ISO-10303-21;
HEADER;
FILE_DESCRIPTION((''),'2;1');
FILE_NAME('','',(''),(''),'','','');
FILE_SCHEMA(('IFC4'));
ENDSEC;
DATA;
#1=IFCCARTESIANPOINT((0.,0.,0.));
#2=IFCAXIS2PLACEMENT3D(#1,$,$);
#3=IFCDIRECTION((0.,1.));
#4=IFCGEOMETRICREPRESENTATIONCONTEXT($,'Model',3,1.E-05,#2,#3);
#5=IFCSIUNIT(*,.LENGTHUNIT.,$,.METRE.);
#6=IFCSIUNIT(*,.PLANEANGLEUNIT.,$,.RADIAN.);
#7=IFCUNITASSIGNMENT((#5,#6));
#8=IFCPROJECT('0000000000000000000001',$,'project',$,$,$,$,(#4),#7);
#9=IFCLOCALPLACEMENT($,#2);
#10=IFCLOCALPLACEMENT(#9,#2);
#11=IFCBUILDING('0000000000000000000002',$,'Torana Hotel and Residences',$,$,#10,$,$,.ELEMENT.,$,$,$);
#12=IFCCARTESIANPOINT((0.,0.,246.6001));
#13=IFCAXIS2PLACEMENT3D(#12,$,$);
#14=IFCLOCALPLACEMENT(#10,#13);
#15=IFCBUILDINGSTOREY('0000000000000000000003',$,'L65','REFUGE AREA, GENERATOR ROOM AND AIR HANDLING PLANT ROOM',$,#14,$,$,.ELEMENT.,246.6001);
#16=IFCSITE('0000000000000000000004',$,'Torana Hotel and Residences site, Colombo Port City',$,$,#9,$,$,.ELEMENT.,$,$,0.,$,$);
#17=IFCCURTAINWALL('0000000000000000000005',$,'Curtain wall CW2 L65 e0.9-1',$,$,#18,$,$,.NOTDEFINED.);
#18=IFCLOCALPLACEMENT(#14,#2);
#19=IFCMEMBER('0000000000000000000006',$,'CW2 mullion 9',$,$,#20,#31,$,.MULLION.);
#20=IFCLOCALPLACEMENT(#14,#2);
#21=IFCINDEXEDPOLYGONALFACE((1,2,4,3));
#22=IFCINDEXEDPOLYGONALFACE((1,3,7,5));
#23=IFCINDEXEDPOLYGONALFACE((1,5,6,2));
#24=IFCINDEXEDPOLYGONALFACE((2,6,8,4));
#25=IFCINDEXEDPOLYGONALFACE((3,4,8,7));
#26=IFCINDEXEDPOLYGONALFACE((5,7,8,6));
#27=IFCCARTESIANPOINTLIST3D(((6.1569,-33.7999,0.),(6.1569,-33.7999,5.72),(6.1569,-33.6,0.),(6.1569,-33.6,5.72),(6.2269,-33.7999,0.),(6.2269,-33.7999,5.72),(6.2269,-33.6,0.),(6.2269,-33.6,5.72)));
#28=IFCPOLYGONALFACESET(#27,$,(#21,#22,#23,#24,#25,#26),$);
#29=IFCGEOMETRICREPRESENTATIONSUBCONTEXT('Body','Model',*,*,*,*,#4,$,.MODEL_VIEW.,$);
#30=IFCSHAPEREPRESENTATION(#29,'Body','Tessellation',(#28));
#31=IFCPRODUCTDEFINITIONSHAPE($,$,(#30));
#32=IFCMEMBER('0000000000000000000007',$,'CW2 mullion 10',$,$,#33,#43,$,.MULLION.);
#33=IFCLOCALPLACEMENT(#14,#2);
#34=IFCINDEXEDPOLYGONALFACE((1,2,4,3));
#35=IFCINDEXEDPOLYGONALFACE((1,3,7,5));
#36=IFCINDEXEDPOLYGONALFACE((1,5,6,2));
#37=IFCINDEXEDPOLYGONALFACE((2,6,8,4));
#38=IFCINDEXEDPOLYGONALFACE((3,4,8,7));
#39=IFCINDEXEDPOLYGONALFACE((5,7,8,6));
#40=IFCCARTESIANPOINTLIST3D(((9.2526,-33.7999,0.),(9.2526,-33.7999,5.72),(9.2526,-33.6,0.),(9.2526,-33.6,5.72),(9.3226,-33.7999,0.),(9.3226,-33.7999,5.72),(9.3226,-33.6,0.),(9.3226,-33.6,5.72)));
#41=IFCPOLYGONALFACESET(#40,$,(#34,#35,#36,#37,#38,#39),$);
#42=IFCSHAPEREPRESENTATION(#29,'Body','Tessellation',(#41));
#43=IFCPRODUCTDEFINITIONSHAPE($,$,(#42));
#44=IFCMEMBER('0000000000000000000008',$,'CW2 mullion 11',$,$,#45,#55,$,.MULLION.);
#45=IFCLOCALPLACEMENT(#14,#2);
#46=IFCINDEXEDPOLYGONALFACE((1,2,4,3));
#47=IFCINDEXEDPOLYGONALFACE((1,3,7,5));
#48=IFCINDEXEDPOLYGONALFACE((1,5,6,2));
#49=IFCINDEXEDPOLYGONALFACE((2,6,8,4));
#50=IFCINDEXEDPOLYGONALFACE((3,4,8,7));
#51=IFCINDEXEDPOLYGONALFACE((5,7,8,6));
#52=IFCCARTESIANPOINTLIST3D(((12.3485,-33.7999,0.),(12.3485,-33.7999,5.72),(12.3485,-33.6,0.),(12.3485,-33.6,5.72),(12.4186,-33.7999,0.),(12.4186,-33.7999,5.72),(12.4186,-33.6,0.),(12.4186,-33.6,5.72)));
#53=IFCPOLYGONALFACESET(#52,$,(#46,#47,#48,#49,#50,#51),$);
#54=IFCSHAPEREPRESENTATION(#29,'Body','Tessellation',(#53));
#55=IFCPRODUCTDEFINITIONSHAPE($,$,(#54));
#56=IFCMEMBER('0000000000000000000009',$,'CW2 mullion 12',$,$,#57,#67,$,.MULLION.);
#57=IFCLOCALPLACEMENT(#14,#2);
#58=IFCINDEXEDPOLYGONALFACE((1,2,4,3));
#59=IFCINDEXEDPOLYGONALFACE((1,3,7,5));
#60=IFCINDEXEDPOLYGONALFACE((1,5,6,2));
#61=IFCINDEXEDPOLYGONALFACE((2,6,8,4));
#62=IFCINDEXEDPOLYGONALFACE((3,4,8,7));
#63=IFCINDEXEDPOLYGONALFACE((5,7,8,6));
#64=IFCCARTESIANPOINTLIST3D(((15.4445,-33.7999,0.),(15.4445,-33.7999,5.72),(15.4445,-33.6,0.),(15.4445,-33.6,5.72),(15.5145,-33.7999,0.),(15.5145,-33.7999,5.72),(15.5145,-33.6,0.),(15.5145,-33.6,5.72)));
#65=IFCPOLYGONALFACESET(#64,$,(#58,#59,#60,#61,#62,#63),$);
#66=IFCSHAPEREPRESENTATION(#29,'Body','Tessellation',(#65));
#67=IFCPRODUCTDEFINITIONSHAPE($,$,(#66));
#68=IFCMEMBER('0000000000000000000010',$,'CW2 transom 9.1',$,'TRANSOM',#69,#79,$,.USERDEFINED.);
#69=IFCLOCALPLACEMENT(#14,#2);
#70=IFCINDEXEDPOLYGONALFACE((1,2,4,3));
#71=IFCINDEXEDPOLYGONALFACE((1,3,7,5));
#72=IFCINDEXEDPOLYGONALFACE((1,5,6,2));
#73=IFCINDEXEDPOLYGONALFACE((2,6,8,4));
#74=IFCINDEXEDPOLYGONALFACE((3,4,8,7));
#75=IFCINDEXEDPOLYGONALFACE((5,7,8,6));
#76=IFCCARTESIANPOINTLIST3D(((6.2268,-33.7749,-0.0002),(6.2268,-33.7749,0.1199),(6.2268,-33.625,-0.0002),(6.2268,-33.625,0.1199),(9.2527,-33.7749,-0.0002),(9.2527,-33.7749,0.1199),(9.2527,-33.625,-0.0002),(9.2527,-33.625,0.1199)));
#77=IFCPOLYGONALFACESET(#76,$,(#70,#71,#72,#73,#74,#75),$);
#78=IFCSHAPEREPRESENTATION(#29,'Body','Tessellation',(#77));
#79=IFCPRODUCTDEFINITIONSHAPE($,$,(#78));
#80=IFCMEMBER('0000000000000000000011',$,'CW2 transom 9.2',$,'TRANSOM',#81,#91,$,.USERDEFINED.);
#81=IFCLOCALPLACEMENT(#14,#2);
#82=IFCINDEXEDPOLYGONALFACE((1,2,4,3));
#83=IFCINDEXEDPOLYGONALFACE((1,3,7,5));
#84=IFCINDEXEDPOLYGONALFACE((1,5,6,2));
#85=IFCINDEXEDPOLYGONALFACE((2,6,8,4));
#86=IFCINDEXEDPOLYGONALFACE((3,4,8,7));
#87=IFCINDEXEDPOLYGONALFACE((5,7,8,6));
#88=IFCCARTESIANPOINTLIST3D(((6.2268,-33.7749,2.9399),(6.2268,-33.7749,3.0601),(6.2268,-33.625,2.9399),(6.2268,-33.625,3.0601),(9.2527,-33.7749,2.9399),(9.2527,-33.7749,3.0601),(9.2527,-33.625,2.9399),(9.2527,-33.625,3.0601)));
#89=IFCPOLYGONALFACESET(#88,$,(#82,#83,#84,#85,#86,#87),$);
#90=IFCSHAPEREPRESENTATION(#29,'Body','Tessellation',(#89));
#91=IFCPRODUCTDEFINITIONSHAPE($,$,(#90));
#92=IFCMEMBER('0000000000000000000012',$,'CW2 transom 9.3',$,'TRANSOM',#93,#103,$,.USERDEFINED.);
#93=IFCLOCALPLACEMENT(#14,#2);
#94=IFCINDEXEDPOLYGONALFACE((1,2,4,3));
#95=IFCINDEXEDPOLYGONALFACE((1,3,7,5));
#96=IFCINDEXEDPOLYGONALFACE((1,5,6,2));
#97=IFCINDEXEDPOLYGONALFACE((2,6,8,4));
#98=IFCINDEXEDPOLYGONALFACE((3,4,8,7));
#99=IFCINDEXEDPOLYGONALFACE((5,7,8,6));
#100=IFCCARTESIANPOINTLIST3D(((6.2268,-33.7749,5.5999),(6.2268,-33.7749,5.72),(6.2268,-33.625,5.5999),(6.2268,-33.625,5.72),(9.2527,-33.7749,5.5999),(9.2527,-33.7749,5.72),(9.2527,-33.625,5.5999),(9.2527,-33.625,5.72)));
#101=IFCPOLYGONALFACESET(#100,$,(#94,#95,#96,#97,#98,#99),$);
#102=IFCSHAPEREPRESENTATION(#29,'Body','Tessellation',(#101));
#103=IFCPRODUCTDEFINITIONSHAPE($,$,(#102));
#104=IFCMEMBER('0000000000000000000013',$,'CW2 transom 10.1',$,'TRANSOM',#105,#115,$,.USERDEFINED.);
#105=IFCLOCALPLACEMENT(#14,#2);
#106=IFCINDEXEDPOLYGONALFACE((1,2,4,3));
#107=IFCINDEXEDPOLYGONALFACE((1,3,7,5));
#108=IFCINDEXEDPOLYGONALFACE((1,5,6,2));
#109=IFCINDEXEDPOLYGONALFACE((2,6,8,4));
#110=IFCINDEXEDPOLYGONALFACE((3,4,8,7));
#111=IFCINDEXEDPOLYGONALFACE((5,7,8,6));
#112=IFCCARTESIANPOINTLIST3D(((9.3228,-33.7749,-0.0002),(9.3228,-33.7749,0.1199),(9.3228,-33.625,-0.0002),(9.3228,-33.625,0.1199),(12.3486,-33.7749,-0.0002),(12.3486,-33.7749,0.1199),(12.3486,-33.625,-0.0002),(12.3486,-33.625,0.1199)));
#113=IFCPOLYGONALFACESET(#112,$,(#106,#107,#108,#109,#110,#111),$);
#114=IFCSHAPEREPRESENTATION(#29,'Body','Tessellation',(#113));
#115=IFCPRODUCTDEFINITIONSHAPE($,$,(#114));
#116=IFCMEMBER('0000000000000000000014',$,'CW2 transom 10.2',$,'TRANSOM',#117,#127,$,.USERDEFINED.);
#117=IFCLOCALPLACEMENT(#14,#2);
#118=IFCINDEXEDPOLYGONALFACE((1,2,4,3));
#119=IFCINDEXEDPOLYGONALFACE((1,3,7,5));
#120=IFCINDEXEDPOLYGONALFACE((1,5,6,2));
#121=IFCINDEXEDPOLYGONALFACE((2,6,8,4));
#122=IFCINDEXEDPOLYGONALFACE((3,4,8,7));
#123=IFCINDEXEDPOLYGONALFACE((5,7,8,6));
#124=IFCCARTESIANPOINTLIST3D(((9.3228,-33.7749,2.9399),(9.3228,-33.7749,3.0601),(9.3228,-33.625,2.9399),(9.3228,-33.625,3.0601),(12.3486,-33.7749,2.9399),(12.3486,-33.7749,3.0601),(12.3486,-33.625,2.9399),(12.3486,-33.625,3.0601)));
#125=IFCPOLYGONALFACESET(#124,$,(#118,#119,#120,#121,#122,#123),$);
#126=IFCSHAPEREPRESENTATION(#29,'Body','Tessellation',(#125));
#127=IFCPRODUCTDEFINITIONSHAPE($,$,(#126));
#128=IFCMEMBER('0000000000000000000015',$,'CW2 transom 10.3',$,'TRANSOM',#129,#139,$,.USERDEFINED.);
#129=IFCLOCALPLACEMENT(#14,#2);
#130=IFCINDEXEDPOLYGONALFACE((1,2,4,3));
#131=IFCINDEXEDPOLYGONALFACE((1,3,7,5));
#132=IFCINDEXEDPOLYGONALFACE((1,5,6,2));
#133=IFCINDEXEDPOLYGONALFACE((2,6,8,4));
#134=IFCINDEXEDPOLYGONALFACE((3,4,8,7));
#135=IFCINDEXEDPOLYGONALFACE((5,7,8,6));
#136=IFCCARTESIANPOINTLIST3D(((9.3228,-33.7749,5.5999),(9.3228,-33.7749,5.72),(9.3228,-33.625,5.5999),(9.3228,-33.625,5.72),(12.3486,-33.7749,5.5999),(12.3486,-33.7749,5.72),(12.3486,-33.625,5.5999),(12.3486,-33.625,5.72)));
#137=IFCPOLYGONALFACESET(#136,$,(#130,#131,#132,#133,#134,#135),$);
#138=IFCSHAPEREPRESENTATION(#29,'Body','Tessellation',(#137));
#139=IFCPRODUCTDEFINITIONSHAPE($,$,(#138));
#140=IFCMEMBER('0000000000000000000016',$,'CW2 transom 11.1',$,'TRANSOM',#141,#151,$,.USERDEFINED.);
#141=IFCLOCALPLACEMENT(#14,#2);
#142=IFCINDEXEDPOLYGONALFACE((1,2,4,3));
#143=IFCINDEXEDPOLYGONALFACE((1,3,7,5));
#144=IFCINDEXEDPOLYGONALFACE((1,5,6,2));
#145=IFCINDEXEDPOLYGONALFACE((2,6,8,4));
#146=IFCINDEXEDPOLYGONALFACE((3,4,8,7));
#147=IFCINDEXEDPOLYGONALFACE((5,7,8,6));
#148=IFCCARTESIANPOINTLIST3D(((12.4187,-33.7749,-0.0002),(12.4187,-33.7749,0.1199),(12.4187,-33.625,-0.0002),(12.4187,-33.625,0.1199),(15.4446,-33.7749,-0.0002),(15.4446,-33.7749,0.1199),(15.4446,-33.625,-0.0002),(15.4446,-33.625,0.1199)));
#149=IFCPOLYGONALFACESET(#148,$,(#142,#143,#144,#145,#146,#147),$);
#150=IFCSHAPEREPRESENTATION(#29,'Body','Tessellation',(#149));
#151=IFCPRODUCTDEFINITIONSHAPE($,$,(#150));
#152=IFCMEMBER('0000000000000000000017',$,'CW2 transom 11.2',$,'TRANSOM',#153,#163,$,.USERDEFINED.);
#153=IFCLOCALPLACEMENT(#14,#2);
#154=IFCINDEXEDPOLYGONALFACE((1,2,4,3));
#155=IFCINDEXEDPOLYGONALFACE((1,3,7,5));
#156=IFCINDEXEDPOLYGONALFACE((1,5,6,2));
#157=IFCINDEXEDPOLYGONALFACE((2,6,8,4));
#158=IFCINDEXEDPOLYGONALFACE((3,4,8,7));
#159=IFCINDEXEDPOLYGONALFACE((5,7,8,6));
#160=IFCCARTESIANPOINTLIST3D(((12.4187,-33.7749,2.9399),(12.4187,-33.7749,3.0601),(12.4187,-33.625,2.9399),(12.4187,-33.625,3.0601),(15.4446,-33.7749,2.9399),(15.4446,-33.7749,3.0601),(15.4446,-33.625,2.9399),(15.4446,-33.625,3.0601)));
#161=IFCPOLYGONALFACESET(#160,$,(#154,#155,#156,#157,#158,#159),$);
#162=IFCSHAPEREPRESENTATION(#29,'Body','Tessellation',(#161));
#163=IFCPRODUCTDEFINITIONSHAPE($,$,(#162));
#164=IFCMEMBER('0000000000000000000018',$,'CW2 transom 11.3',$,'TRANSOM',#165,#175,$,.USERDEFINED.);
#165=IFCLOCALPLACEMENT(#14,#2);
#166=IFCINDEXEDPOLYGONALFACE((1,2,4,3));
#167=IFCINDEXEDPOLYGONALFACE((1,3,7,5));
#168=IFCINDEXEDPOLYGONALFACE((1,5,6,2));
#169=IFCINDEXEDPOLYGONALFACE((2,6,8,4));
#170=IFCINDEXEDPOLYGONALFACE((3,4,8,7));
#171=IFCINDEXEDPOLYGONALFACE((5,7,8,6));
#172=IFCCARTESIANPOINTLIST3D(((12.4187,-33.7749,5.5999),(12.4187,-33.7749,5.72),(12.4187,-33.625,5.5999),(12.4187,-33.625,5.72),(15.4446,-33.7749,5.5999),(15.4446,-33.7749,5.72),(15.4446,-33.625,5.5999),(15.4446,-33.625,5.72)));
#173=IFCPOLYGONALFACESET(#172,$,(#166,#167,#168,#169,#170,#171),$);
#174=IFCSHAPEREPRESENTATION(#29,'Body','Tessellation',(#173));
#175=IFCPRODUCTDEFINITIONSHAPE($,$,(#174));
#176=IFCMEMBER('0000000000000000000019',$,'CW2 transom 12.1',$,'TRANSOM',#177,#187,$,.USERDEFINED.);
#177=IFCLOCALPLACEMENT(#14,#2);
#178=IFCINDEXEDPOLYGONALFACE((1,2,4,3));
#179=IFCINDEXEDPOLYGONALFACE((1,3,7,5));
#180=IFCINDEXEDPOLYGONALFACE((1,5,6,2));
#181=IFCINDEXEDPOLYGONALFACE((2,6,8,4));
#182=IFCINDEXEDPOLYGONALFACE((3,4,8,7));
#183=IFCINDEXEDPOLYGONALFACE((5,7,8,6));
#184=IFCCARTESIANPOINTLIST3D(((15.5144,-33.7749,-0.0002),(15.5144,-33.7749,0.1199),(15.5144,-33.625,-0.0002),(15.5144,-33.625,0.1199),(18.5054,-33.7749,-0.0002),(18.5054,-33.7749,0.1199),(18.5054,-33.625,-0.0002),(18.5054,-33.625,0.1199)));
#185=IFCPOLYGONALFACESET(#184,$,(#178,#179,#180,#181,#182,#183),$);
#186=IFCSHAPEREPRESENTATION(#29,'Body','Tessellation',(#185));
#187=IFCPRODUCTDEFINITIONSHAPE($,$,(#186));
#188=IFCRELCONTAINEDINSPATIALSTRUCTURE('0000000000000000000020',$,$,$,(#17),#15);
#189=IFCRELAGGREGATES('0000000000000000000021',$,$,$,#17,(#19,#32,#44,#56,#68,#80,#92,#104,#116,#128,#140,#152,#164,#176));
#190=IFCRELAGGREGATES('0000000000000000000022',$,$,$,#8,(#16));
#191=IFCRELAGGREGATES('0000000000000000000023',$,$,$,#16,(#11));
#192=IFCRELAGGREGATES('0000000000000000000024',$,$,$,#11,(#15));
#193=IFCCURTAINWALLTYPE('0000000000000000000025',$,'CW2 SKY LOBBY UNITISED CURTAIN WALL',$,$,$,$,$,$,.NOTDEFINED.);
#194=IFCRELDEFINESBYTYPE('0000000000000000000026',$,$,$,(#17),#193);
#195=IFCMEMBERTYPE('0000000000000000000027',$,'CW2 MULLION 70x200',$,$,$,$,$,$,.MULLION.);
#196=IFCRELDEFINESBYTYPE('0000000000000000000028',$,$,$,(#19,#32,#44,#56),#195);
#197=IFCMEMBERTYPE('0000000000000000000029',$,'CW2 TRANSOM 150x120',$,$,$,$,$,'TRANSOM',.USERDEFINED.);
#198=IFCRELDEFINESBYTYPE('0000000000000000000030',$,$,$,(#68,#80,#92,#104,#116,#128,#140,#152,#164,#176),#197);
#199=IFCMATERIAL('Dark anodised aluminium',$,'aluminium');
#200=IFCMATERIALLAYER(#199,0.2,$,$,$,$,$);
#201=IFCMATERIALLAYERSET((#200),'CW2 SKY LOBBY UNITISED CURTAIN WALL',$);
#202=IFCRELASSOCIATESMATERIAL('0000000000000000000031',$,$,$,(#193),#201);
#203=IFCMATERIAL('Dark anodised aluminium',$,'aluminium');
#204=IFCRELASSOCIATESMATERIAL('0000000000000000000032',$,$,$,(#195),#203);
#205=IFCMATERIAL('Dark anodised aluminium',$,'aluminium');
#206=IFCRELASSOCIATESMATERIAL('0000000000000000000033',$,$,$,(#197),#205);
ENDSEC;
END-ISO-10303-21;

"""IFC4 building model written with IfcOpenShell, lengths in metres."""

from ifc_helpers import new_model, si_unit, direction, frame, origin, origin_2d, place, context, subcontext, project, spatial, rectangle, extrude, material, layer, layer_set, material_profile, profile_set, type_object, element, aggregate, save


model = new_model("IFC4")

# Units and contexts
model_context = context("Model", 3, precision=1e-05, world=origin(), true_north=direction((0.0, 1.0)))
body_context = subcontext(model_context, "Body", "Model", "MODEL_VIEW")
ifc_project = project(units=[si_unit("LENGTHUNIT", "METRE"), si_unit("PLANEANGLEUNIT", "RADIAN")], contexts=[model_context])

# Site, building, storey
site_placement = place(None, origin())
site = spatial("IfcSite", under=ifc_project, at=site_placement, Name="Torana Hotel and Residences site, Colombo Port City", CompositionType="ELEMENT", RefElevation=0.0)
building_placement = place(site_placement, origin())
building = spatial("IfcBuilding", under=site, at=building_placement, Name="Torana Hotel and Residences", CompositionType="ELEMENT")
storey_placement = place(building_placement, frame((0.0, 0.0, 246.6001)))
storey = spatial("IfcBuildingStorey", under=building, at=storey_placement, Name="L65", Description="REFUGE AREA, GENERATOR ROOM AND AIR HANDLING PLANT ROOM", CompositionType="ELEMENT", Elevation=246.6001)

# Curtain wall, members
ifc_material_1 = material(Name="Dark anodised aluminium", Category="aluminium")
ifc_layer_1 = layer(ifc_material_1, 0.2)
ifc_layer_set_1 = layer_set([ifc_layer_1], Name="CW2 SKY LOBBY UNITISED CURTAIN WALL")
curtain_wall_type = type_object("IfcCurtainWallType", Name="CW2 SKY LOBBY UNITISED CURTAIN WALL", PredefinedType="NOTDEFINED", material=ifc_layer_set_1)
curtain_wall_placement = place(storey_placement, origin())
curtain_wall = element("IfcCurtainWall", 1, at=curtain_wall_placement, inside=storey, type_object=curtain_wall_type, Name="Curtain wall CW2 L65 e0.9-1", PredefinedType="NOTDEFINED")
ifc_material_2 = material(Name="Dark anodised aluminium", Category="aluminium")
ifc_material_profile_1 = material_profile(ifc_material_2, rectangle(XDim=0.2, YDim=0.0701, at=origin_2d()), Name="CW2 MULLION 70x200")
ifc_profile_set_1 = profile_set([ifc_material_profile_1], Name="Dark anodised aluminium")
member_type_1 = type_object("IfcMemberType", Name="CW2 MULLION 70x200", PredefinedType="MULLION", material=ifc_profile_set_1)
member_1_placement = place(storey_placement, frame((6.1919, -33.7, 0.0), z_axis=(0.0, 0.0, 1.0), x_axis=(0.0, 1.0, 0.0)))
member_1 = element("IfcMember", 2, at=member_1_placement, type_object=member_type_1, Name="CW2 mullion 9", PredefinedType="MULLION", context=body_context, shape_type="SweptSolid", body=[
    extrude(rectangle(XDim=0.2, YDim=0.0701, at=origin_2d()), origin(), (0.0, 0.0, 1.0), 5.72),
])
member_2_placement = place(storey_placement, frame((9.2876, -33.7, 0.0), z_axis=(0.0, 0.0, 1.0), x_axis=(0.0, 1.0, 0.0)))
member_2 = element("IfcMember", 3, at=member_2_placement, type_object=member_type_1, Name="CW2 mullion 10", PredefinedType="MULLION", context=body_context, shape_type="SweptSolid", body=[
    extrude(rectangle(XDim=0.2, YDim=0.0701, at=origin_2d()), origin(), (0.0, 0.0, 1.0), 5.72),
])
member_3_placement = place(storey_placement, frame((12.3835, -33.7, 0.0), z_axis=(0.0, 0.0, 1.0), x_axis=(0.0, 1.0, 0.0)))
member_3 = element("IfcMember", 4, at=member_3_placement, type_object=member_type_1, Name="CW2 mullion 11", PredefinedType="MULLION", context=body_context, shape_type="SweptSolid", body=[
    extrude(rectangle(XDim=0.2, YDim=0.0701, at=origin_2d()), origin(), (0.0, 0.0, 1.0), 5.72),
])
member_4_placement = place(storey_placement, frame((15.4795, -33.7, 0.0), z_axis=(0.0, 0.0, 1.0), x_axis=(0.0, 1.0, 0.0)))
member_4 = element("IfcMember", 5, at=member_4_placement, type_object=member_type_1, Name="CW2 mullion 12", PredefinedType="MULLION", context=body_context, shape_type="SweptSolid", body=[
    extrude(rectangle(XDim=0.2, YDim=0.0701, at=origin_2d()), origin(), (0.0, 0.0, 1.0), 5.72),
])
ifc_material_3 = material(Name="Dark anodised aluminium", Category="aluminium")
ifc_material_profile_2 = material_profile(ifc_material_3, rectangle(XDim=0.1499, YDim=0.1201, at=origin_2d()), Name="CW2 TRANSOM 150x120")
ifc_profile_set_2 = profile_set([ifc_material_profile_2], Name="Dark anodised aluminium")
member_type_2 = type_object("IfcMemberType", Name="CW2 TRANSOM 150x120", ElementType="TRANSOM", PredefinedType="USERDEFINED", material=ifc_profile_set_2)
member_5_placement = place(storey_placement, frame((6.2268, -33.7, 0.0598), z_axis=(1.0, 0.0, 0.0), x_axis=(0.0, 1.0, 0.0)))
member_5 = element("IfcMember", 6, at=member_5_placement, type_object=member_type_2, Name="CW2 transom 9.1", ObjectType="TRANSOM", PredefinedType="USERDEFINED", context=body_context, shape_type="SweptSolid", body=[
    extrude(rectangle(XDim=0.1499, YDim=0.1201, at=origin_2d()), origin(), (0.0, 0.0, 1.0), 3.0259),
])
member_6_placement = place(storey_placement, frame((6.2268, -33.7, 3.0), z_axis=(1.0, 0.0, 0.0), x_axis=(0.0, 1.0, 0.0)))
member_6 = element("IfcMember", 7, at=member_6_placement, type_object=member_type_2, Name="CW2 transom 9.2", ObjectType="TRANSOM", PredefinedType="USERDEFINED", context=body_context, shape_type="SweptSolid", body=[
    extrude(rectangle(XDim=0.1499, YDim=0.1201, at=origin_2d()), origin(), (0.0, 0.0, 1.0), 3.0259),
])
member_7_placement = place(storey_placement, frame((6.2268, -33.7, 5.6599), z_axis=(1.0, 0.0, 0.0), x_axis=(0.0, 1.0, 0.0)))
member_7 = element("IfcMember", 8, at=member_7_placement, type_object=member_type_2, Name="CW2 transom 9.3", ObjectType="TRANSOM", PredefinedType="USERDEFINED", context=body_context, shape_type="SweptSolid", body=[
    extrude(rectangle(XDim=0.1499, YDim=0.1201, at=origin_2d()), origin(), (0.0, 0.0, 1.0), 3.0259),
])
member_8_placement = place(storey_placement, frame((9.3228, -33.7, 0.0598), z_axis=(1.0, 0.0, 0.0), x_axis=(0.0, 1.0, 0.0)))
member_8 = element("IfcMember", 9, at=member_8_placement, type_object=member_type_2, Name="CW2 transom 10.1", ObjectType="TRANSOM", PredefinedType="USERDEFINED", context=body_context, shape_type="SweptSolid", body=[
    extrude(rectangle(XDim=0.1499, YDim=0.1201, at=origin_2d()), origin(), (0.0, 0.0, 1.0), 3.0259),
])
member_9_placement = place(storey_placement, frame((9.3228, -33.7, 3.0), z_axis=(1.0, 0.0, 0.0), x_axis=(0.0, 1.0, 0.0)))
member_9 = element("IfcMember", 10, at=member_9_placement, type_object=member_type_2, Name="CW2 transom 10.2", ObjectType="TRANSOM", PredefinedType="USERDEFINED", context=body_context, shape_type="SweptSolid", body=[
    extrude(rectangle(XDim=0.1499, YDim=0.1201, at=origin_2d()), origin(), (0.0, 0.0, 1.0), 3.0259),
])
member_10_placement = place(storey_placement, frame((9.3228, -33.7, 5.6599), z_axis=(1.0, 0.0, 0.0), x_axis=(0.0, 1.0, 0.0)))
member_10 = element("IfcMember", 11, at=member_10_placement, type_object=member_type_2, Name="CW2 transom 10.3", ObjectType="TRANSOM", PredefinedType="USERDEFINED", context=body_context, shape_type="SweptSolid", body=[
    extrude(rectangle(XDim=0.1499, YDim=0.1201, at=origin_2d()), origin(), (0.0, 0.0, 1.0), 3.0259),
])
member_11_placement = place(storey_placement, frame((12.4187, -33.7, 0.0598), z_axis=(1.0, 0.0, 0.0), x_axis=(0.0, 1.0, 0.0)))
member_11 = element("IfcMember", 12, at=member_11_placement, type_object=member_type_2, Name="CW2 transom 11.1", ObjectType="TRANSOM", PredefinedType="USERDEFINED", context=body_context, shape_type="SweptSolid", body=[
    extrude(rectangle(XDim=0.1499, YDim=0.1201, at=origin_2d()), origin(), (0.0, 0.0, 1.0), 3.0259),
])
member_12_placement = place(storey_placement, frame((12.4187, -33.7, 3.0), z_axis=(1.0, 0.0, 0.0), x_axis=(0.0, 1.0, 0.0)))
member_12 = element("IfcMember", 13, at=member_12_placement, type_object=member_type_2, Name="CW2 transom 11.2", ObjectType="TRANSOM", PredefinedType="USERDEFINED", context=body_context, shape_type="SweptSolid", body=[
    extrude(rectangle(XDim=0.1499, YDim=0.1201, at=origin_2d()), origin(), (0.0, 0.0, 1.0), 3.0259),
])
member_13_placement = place(storey_placement, frame((12.4187, -33.7, 5.6599), z_axis=(1.0, 0.0, 0.0), x_axis=(0.0, 1.0, 0.0)))
member_13 = element("IfcMember", 14, at=member_13_placement, type_object=member_type_2, Name="CW2 transom 11.3", ObjectType="TRANSOM", PredefinedType="USERDEFINED", context=body_context, shape_type="SweptSolid", body=[
    extrude(rectangle(XDim=0.1499, YDim=0.1201, at=origin_2d()), origin(), (0.0, 0.0, 1.0), 3.0259),
])
member_14_placement = place(storey_placement, frame((15.5144, -33.7, 0.0598), z_axis=(1.0, 0.0, 0.0), x_axis=(0.0, 1.0, 0.0)))
member_14 = element("IfcMember", 15, at=member_14_placement, type_object=member_type_2, Name="CW2 transom 12.1", ObjectType="TRANSOM", PredefinedType="USERDEFINED", context=body_context, shape_type="SweptSolid", body=[
    extrude(rectangle(XDim=0.1499, YDim=0.1201, at=origin_2d()), origin(), (0.0, 0.0, 1.0), 2.991),
])
aggregate(curtain_wall, [member_1, member_2, member_3, member_4, member_5, member_6, member_7, member_8, member_9, member_10, member_11, member_12, member_13, member_14])

save(model, "model.ifc")
